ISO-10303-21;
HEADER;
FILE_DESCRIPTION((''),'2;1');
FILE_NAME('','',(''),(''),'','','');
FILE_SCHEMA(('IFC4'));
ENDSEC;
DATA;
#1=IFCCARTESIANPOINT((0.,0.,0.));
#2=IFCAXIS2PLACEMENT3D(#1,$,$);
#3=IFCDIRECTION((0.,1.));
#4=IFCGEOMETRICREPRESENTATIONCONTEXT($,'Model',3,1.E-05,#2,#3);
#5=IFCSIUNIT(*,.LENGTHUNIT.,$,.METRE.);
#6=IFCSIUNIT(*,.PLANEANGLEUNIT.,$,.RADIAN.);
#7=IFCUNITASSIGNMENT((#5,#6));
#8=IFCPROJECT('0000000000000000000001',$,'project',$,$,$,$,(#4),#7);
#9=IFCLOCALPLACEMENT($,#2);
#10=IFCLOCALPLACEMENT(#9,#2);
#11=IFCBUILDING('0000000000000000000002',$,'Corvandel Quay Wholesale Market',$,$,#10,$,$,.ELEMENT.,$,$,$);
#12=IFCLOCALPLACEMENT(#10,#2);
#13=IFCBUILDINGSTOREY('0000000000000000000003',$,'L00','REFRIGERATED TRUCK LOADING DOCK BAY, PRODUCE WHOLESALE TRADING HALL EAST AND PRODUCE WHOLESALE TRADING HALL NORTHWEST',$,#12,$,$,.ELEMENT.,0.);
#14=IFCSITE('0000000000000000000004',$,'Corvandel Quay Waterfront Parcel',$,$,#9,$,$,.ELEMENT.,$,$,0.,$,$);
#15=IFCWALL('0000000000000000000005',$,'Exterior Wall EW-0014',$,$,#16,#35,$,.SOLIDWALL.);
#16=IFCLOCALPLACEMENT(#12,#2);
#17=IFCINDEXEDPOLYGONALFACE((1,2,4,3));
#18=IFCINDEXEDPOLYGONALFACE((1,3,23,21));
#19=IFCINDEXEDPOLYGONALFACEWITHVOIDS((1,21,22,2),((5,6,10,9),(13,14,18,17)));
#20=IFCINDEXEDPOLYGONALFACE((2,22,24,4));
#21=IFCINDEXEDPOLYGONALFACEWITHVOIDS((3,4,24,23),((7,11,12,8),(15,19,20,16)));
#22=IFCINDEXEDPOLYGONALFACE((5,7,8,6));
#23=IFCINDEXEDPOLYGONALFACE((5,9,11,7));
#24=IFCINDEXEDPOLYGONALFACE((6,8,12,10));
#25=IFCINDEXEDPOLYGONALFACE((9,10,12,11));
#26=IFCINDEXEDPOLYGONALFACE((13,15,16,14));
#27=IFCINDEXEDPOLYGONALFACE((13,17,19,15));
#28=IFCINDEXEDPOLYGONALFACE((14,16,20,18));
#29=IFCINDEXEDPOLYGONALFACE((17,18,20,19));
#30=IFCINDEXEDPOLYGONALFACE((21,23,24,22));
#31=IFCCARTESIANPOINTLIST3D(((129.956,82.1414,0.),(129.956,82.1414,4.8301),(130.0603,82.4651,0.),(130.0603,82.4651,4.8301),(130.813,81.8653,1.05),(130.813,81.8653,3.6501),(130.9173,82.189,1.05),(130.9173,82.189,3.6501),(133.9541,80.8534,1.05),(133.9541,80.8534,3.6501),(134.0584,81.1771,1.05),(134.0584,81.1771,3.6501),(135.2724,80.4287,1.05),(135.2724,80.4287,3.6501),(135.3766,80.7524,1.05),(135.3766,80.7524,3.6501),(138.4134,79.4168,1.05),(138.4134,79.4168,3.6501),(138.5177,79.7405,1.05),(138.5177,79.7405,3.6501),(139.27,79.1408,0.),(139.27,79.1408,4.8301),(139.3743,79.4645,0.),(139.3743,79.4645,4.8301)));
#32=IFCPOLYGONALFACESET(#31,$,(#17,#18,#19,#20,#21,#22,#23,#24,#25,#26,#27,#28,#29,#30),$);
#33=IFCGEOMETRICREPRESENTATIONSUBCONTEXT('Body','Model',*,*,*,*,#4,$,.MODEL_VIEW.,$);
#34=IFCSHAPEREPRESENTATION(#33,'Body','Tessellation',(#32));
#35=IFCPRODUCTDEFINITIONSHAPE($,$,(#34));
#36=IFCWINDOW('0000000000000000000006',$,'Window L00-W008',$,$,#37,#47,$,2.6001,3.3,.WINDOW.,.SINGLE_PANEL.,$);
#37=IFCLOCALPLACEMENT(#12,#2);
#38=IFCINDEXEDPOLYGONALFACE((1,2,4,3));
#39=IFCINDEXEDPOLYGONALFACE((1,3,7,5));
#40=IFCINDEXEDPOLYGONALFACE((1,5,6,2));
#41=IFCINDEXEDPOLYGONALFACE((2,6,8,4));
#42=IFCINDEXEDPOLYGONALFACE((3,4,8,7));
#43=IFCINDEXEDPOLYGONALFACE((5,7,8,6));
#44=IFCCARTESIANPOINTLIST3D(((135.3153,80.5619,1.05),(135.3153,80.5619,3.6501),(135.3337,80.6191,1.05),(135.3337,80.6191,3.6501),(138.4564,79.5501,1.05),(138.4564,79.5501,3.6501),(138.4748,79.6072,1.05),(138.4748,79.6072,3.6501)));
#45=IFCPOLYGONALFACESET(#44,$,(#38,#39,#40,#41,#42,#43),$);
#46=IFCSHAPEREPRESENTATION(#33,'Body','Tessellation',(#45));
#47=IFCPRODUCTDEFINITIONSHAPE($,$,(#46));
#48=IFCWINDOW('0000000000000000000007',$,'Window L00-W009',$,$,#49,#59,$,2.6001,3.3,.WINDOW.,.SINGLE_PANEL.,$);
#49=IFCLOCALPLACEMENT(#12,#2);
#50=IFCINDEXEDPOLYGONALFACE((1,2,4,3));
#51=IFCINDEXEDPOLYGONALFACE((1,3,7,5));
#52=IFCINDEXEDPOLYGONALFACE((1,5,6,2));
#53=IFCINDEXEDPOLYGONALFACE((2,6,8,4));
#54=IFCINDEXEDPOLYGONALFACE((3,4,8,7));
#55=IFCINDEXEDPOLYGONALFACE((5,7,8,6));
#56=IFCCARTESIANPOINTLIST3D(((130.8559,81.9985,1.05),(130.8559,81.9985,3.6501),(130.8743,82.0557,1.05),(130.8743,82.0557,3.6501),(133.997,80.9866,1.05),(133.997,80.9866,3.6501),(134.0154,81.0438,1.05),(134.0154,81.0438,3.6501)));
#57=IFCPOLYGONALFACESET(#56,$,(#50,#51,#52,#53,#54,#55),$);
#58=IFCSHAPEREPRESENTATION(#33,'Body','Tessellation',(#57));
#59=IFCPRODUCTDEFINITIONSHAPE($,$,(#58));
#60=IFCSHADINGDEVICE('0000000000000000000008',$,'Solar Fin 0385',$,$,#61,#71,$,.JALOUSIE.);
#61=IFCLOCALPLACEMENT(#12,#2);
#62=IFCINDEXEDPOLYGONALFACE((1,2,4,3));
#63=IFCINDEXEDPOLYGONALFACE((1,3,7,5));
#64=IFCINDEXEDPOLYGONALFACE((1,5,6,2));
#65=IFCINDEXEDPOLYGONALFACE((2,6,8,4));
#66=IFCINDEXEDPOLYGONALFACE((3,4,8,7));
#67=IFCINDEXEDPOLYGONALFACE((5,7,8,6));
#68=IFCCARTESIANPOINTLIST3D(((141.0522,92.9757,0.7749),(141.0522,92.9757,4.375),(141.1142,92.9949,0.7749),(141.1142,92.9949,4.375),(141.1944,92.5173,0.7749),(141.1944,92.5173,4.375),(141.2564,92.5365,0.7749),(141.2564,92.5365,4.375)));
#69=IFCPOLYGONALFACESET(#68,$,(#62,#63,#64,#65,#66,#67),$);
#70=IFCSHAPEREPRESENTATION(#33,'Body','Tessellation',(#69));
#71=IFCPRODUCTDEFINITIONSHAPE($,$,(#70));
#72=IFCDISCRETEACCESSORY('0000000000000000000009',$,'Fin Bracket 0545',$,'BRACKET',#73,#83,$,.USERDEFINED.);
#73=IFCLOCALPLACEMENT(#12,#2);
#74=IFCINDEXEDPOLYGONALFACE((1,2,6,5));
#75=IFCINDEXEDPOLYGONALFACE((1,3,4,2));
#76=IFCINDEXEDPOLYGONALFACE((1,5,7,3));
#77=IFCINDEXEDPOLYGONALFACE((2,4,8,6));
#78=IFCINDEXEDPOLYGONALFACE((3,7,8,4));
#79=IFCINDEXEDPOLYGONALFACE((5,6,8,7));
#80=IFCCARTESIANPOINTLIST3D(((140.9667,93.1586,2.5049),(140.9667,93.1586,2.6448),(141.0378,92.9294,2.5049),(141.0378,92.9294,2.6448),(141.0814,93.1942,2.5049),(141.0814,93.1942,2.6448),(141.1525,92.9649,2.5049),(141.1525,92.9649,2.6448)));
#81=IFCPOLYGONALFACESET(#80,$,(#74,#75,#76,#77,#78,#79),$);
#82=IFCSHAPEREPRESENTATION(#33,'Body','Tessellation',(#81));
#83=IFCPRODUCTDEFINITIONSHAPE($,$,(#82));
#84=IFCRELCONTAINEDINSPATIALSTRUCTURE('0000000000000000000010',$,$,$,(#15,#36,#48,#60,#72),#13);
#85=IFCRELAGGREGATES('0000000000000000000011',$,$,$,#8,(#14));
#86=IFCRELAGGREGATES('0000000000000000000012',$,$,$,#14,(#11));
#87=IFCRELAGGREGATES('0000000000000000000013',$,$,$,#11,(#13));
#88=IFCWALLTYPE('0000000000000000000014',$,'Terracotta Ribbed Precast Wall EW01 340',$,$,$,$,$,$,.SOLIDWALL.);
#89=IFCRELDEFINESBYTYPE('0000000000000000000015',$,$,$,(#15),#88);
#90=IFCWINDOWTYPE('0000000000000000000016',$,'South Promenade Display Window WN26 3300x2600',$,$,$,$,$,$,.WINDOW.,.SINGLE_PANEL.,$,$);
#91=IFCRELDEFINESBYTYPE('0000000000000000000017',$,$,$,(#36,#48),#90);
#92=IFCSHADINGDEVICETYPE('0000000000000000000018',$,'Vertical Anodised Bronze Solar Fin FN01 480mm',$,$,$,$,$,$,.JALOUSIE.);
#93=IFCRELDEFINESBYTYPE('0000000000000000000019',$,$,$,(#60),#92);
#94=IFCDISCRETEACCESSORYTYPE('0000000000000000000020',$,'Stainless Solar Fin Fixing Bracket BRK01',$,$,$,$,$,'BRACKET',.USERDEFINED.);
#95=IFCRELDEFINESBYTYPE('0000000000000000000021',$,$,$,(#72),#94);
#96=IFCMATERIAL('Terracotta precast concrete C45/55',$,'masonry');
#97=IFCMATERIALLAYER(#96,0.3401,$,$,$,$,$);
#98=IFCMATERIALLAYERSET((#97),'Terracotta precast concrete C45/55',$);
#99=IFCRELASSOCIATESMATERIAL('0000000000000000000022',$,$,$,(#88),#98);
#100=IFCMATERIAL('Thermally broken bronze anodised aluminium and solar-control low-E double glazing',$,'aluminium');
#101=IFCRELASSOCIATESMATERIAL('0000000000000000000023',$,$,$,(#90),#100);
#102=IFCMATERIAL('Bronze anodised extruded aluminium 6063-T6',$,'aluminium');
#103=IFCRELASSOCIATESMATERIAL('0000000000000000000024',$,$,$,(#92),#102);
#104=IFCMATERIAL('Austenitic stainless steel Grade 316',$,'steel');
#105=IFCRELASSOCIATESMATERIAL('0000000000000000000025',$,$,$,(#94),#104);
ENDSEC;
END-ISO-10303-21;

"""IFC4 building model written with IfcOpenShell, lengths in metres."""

from ifc_helpers import new_model, si_unit, direction, frame, frame_2d, origin, origin_2d, place, context, subcontext, project, spatial, rectangle, extrude, material, layer, layer_set, type_object, element, fill, save


model = new_model("IFC4")

# Units and contexts
model_context = context("Model", 3, precision=1e-05, world=origin(), true_north=direction((0.0, 1.0)))
body_context = subcontext(model_context, "Body", "Model", "MODEL_VIEW")
ifc_project = project(units=[si_unit("LENGTHUNIT", "METRE"), si_unit("PLANEANGLEUNIT", "RADIAN")], contexts=[model_context])

# Site, building, storey
site_placement = place(None, origin())
site = spatial("IfcSite", under=ifc_project, at=site_placement, Name="Corvandel Quay Waterfront Parcel", CompositionType="ELEMENT", RefElevation=0.0)
building_placement = place(site_placement, origin())
building = spatial("IfcBuilding", under=site, at=building_placement, Name="Corvandel Quay Wholesale Market", CompositionType="ELEMENT")
storey_placement = place(building_placement, origin())
storey = spatial("IfcBuildingStorey", under=building, at=storey_placement, Name="L00", Description="REFRIGERATED TRUCK LOADING DOCK BAY, PRODUCE WHOLESALE TRADING HALL EAST AND PRODUCE WHOLESALE TRADING HALL NORTHWEST", CompositionType="ELEMENT", Elevation=0.0)

# Wall, openings, windows
ifc_material_1 = material(Name="Terracotta precast concrete C45/55", Category="masonry")
ifc_layer_1 = layer(ifc_material_1, 0.3401)
ifc_layer_set_1 = layer_set([ifc_layer_1], Name="Terracotta precast concrete C45/55")
wall_type_1 = type_object("IfcWallType", Name="Terracotta Ribbed Precast Wall EW01 340", PredefinedType="SOLIDWALL", material=ifc_layer_set_1)
wall_1_placement = place(storey_placement, frame((139.322, 79.3027, 0.0), z_axis=(0.0, 0.0, 1.0), x_axis=(-0.951828, 0.306631, 0.0)))
wall_1 = element("IfcWall", 1, at=wall_1_placement, inside=storey, type_object=wall_type_1, Name="Exterior Wall EW-0014", PredefinedType="SOLIDWALL", context=body_context, shape_type="SweptSolid", body=[
    extrude(rectangle(XDim=9.7854, YDim=0.3401, at=frame_2d((4.8926, 0.0))), origin(), (0.0, 0.0, 1.0), 4.8301),
])
opening_1_placement = place(wall_1_placement, frame((0.8999, 0.0, 1.05)))
opening_1 = element("IfcOpeningElement", 2, at=opening_1_placement, cuts=wall_1, PredefinedType="OPENING", context=body_context, shape_type="SweptSolid", body=[
    extrude(rectangle(XDim=3.3, YDim=2.6001, at=frame_2d((1.6499, 1.3))), frame((0.0, 0.1799, 0.0), z_axis=(0.0, -1.0, 0.0), x_axis=(1.0, 0.0, 0.0)), (0.0, 0.0, 1.0), 0.3601),
])
opening_2_placement = place(wall_1_placement, frame((5.585, 0.0, 1.05)))
opening_2 = element("IfcOpeningElement", 3, at=opening_2_placement, cuts=wall_1, PredefinedType="OPENING", context=body_context, shape_type="SweptSolid", body=[
    extrude(rectangle(XDim=3.3, YDim=2.6001, at=frame_2d((1.6499, 1.3))), frame((0.0, 0.1799, 0.0), z_axis=(0.0, -1.0, 0.0), x_axis=(1.0, 0.0, 0.0)), (0.0, 0.0, 1.0), 0.3601),
])
ifc_material_2 = material(Name="Thermally broken bronze anodised aluminium and solar-control low-E double glazing", Category="aluminium")
window_type = type_object("IfcWindowType", Name="South Promenade Display Window WN26 3300x2600", PartitioningType="SINGLE_PANEL", PredefinedType="WINDOW", material=ifc_material_2)
window_1_placement = place(opening_1_placement, origin())
window_1 = element("IfcWindow", 4, at=window_1_placement, inside=storey, type_object=window_type, Name="Window L00-W008", OverallHeight=2.6001, OverallWidth=3.3, PartitioningType="SINGLE_PANEL", PredefinedType="WINDOW", context=body_context, shape_type="SweptSolid", body=[
    extrude(rectangle(XDim=3.3, YDim=2.6001, at=frame_2d((1.6499, 1.3))), frame((0.0, 0.03, 0.0), z_axis=(0.0, -1.0, 0.0), x_axis=(1.0, 0.0, 0.0)), (0.0, 0.0, 1.0), 0.0601),
])
fill(opening_1, window_1)
window_2_placement = place(opening_2_placement, origin())
window_2 = element("IfcWindow", 5, at=window_2_placement, inside=storey, type_object=window_type, Name="Window L00-W009", OverallHeight=2.6001, OverallWidth=3.3, PartitioningType="SINGLE_PANEL", PredefinedType="WINDOW", context=body_context, shape_type="SweptSolid", body=[
    extrude(rectangle(XDim=3.3, YDim=2.6001, at=frame_2d((1.6499, 1.3))), frame((0.0, 0.03, 0.0), z_axis=(0.0, -1.0, 0.0), x_axis=(1.0, 0.0, 0.0)), (0.0, 0.0, 1.0), 0.0601),
])
fill(opening_2, window_2)

# Shading device
ifc_material_3 = material(Name="Bronze anodised extruded aluminium 6063-T6", Category="aluminium")
shading_device_type = type_object("IfcShadingDeviceType", Name="Vertical Anodised Bronze Solar Fin FN01 480mm", PredefinedType="JALOUSIE", material=ifc_material_3)
shading_device_placement = place(storey_placement, frame((141.1543, 92.7561, 0.7749), z_axis=(0.0, 0.0, 1.0), x_axis=(-0.296208, 0.955123, 0.0)))
element("IfcShadingDevice", 6, at=shading_device_placement, inside=storey, type_object=shading_device_type, Name="Solar Fin 0385", PredefinedType="JALOUSIE", context=body_context, shape_type="SweptSolid", body=[
    extrude(rectangle(XDim=0.48, YDim=0.0649, at=origin_2d()), origin(), (0.0, 0.0, 1.0), 3.6001),
])

# Discrete accessory
ifc_material_4 = material(Name="Austenitic stainless steel Grade 316", Category="steel")
discrete_accessory_type = type_object("IfcDiscreteAccessoryType", Name="Stainless Solar Fin Fixing Bracket BRK01", ElementType="BRACKET", PredefinedType="USERDEFINED", material=ifc_material_4)
discrete_accessory_placement = place(storey_placement, frame((141.0596, 93.0618, 2.5049), z_axis=(0.0, 0.0, 1.0), x_axis=(-0.296208, 0.955123, 0.0)))
element("IfcDiscreteAccessory", 7, at=discrete_accessory_placement, inside=storey, type_object=discrete_accessory_type, Name="Fin Bracket 0545", ObjectType="BRACKET", PredefinedType="USERDEFINED", context=body_context, shape_type="SweptSolid", body=[
    extrude(rectangle(XDim=0.24, YDim=0.1201, at=origin_2d()), origin(), (0.0, 0.0, 1.0), 0.1399),
])

save(model, "model.ifc")
